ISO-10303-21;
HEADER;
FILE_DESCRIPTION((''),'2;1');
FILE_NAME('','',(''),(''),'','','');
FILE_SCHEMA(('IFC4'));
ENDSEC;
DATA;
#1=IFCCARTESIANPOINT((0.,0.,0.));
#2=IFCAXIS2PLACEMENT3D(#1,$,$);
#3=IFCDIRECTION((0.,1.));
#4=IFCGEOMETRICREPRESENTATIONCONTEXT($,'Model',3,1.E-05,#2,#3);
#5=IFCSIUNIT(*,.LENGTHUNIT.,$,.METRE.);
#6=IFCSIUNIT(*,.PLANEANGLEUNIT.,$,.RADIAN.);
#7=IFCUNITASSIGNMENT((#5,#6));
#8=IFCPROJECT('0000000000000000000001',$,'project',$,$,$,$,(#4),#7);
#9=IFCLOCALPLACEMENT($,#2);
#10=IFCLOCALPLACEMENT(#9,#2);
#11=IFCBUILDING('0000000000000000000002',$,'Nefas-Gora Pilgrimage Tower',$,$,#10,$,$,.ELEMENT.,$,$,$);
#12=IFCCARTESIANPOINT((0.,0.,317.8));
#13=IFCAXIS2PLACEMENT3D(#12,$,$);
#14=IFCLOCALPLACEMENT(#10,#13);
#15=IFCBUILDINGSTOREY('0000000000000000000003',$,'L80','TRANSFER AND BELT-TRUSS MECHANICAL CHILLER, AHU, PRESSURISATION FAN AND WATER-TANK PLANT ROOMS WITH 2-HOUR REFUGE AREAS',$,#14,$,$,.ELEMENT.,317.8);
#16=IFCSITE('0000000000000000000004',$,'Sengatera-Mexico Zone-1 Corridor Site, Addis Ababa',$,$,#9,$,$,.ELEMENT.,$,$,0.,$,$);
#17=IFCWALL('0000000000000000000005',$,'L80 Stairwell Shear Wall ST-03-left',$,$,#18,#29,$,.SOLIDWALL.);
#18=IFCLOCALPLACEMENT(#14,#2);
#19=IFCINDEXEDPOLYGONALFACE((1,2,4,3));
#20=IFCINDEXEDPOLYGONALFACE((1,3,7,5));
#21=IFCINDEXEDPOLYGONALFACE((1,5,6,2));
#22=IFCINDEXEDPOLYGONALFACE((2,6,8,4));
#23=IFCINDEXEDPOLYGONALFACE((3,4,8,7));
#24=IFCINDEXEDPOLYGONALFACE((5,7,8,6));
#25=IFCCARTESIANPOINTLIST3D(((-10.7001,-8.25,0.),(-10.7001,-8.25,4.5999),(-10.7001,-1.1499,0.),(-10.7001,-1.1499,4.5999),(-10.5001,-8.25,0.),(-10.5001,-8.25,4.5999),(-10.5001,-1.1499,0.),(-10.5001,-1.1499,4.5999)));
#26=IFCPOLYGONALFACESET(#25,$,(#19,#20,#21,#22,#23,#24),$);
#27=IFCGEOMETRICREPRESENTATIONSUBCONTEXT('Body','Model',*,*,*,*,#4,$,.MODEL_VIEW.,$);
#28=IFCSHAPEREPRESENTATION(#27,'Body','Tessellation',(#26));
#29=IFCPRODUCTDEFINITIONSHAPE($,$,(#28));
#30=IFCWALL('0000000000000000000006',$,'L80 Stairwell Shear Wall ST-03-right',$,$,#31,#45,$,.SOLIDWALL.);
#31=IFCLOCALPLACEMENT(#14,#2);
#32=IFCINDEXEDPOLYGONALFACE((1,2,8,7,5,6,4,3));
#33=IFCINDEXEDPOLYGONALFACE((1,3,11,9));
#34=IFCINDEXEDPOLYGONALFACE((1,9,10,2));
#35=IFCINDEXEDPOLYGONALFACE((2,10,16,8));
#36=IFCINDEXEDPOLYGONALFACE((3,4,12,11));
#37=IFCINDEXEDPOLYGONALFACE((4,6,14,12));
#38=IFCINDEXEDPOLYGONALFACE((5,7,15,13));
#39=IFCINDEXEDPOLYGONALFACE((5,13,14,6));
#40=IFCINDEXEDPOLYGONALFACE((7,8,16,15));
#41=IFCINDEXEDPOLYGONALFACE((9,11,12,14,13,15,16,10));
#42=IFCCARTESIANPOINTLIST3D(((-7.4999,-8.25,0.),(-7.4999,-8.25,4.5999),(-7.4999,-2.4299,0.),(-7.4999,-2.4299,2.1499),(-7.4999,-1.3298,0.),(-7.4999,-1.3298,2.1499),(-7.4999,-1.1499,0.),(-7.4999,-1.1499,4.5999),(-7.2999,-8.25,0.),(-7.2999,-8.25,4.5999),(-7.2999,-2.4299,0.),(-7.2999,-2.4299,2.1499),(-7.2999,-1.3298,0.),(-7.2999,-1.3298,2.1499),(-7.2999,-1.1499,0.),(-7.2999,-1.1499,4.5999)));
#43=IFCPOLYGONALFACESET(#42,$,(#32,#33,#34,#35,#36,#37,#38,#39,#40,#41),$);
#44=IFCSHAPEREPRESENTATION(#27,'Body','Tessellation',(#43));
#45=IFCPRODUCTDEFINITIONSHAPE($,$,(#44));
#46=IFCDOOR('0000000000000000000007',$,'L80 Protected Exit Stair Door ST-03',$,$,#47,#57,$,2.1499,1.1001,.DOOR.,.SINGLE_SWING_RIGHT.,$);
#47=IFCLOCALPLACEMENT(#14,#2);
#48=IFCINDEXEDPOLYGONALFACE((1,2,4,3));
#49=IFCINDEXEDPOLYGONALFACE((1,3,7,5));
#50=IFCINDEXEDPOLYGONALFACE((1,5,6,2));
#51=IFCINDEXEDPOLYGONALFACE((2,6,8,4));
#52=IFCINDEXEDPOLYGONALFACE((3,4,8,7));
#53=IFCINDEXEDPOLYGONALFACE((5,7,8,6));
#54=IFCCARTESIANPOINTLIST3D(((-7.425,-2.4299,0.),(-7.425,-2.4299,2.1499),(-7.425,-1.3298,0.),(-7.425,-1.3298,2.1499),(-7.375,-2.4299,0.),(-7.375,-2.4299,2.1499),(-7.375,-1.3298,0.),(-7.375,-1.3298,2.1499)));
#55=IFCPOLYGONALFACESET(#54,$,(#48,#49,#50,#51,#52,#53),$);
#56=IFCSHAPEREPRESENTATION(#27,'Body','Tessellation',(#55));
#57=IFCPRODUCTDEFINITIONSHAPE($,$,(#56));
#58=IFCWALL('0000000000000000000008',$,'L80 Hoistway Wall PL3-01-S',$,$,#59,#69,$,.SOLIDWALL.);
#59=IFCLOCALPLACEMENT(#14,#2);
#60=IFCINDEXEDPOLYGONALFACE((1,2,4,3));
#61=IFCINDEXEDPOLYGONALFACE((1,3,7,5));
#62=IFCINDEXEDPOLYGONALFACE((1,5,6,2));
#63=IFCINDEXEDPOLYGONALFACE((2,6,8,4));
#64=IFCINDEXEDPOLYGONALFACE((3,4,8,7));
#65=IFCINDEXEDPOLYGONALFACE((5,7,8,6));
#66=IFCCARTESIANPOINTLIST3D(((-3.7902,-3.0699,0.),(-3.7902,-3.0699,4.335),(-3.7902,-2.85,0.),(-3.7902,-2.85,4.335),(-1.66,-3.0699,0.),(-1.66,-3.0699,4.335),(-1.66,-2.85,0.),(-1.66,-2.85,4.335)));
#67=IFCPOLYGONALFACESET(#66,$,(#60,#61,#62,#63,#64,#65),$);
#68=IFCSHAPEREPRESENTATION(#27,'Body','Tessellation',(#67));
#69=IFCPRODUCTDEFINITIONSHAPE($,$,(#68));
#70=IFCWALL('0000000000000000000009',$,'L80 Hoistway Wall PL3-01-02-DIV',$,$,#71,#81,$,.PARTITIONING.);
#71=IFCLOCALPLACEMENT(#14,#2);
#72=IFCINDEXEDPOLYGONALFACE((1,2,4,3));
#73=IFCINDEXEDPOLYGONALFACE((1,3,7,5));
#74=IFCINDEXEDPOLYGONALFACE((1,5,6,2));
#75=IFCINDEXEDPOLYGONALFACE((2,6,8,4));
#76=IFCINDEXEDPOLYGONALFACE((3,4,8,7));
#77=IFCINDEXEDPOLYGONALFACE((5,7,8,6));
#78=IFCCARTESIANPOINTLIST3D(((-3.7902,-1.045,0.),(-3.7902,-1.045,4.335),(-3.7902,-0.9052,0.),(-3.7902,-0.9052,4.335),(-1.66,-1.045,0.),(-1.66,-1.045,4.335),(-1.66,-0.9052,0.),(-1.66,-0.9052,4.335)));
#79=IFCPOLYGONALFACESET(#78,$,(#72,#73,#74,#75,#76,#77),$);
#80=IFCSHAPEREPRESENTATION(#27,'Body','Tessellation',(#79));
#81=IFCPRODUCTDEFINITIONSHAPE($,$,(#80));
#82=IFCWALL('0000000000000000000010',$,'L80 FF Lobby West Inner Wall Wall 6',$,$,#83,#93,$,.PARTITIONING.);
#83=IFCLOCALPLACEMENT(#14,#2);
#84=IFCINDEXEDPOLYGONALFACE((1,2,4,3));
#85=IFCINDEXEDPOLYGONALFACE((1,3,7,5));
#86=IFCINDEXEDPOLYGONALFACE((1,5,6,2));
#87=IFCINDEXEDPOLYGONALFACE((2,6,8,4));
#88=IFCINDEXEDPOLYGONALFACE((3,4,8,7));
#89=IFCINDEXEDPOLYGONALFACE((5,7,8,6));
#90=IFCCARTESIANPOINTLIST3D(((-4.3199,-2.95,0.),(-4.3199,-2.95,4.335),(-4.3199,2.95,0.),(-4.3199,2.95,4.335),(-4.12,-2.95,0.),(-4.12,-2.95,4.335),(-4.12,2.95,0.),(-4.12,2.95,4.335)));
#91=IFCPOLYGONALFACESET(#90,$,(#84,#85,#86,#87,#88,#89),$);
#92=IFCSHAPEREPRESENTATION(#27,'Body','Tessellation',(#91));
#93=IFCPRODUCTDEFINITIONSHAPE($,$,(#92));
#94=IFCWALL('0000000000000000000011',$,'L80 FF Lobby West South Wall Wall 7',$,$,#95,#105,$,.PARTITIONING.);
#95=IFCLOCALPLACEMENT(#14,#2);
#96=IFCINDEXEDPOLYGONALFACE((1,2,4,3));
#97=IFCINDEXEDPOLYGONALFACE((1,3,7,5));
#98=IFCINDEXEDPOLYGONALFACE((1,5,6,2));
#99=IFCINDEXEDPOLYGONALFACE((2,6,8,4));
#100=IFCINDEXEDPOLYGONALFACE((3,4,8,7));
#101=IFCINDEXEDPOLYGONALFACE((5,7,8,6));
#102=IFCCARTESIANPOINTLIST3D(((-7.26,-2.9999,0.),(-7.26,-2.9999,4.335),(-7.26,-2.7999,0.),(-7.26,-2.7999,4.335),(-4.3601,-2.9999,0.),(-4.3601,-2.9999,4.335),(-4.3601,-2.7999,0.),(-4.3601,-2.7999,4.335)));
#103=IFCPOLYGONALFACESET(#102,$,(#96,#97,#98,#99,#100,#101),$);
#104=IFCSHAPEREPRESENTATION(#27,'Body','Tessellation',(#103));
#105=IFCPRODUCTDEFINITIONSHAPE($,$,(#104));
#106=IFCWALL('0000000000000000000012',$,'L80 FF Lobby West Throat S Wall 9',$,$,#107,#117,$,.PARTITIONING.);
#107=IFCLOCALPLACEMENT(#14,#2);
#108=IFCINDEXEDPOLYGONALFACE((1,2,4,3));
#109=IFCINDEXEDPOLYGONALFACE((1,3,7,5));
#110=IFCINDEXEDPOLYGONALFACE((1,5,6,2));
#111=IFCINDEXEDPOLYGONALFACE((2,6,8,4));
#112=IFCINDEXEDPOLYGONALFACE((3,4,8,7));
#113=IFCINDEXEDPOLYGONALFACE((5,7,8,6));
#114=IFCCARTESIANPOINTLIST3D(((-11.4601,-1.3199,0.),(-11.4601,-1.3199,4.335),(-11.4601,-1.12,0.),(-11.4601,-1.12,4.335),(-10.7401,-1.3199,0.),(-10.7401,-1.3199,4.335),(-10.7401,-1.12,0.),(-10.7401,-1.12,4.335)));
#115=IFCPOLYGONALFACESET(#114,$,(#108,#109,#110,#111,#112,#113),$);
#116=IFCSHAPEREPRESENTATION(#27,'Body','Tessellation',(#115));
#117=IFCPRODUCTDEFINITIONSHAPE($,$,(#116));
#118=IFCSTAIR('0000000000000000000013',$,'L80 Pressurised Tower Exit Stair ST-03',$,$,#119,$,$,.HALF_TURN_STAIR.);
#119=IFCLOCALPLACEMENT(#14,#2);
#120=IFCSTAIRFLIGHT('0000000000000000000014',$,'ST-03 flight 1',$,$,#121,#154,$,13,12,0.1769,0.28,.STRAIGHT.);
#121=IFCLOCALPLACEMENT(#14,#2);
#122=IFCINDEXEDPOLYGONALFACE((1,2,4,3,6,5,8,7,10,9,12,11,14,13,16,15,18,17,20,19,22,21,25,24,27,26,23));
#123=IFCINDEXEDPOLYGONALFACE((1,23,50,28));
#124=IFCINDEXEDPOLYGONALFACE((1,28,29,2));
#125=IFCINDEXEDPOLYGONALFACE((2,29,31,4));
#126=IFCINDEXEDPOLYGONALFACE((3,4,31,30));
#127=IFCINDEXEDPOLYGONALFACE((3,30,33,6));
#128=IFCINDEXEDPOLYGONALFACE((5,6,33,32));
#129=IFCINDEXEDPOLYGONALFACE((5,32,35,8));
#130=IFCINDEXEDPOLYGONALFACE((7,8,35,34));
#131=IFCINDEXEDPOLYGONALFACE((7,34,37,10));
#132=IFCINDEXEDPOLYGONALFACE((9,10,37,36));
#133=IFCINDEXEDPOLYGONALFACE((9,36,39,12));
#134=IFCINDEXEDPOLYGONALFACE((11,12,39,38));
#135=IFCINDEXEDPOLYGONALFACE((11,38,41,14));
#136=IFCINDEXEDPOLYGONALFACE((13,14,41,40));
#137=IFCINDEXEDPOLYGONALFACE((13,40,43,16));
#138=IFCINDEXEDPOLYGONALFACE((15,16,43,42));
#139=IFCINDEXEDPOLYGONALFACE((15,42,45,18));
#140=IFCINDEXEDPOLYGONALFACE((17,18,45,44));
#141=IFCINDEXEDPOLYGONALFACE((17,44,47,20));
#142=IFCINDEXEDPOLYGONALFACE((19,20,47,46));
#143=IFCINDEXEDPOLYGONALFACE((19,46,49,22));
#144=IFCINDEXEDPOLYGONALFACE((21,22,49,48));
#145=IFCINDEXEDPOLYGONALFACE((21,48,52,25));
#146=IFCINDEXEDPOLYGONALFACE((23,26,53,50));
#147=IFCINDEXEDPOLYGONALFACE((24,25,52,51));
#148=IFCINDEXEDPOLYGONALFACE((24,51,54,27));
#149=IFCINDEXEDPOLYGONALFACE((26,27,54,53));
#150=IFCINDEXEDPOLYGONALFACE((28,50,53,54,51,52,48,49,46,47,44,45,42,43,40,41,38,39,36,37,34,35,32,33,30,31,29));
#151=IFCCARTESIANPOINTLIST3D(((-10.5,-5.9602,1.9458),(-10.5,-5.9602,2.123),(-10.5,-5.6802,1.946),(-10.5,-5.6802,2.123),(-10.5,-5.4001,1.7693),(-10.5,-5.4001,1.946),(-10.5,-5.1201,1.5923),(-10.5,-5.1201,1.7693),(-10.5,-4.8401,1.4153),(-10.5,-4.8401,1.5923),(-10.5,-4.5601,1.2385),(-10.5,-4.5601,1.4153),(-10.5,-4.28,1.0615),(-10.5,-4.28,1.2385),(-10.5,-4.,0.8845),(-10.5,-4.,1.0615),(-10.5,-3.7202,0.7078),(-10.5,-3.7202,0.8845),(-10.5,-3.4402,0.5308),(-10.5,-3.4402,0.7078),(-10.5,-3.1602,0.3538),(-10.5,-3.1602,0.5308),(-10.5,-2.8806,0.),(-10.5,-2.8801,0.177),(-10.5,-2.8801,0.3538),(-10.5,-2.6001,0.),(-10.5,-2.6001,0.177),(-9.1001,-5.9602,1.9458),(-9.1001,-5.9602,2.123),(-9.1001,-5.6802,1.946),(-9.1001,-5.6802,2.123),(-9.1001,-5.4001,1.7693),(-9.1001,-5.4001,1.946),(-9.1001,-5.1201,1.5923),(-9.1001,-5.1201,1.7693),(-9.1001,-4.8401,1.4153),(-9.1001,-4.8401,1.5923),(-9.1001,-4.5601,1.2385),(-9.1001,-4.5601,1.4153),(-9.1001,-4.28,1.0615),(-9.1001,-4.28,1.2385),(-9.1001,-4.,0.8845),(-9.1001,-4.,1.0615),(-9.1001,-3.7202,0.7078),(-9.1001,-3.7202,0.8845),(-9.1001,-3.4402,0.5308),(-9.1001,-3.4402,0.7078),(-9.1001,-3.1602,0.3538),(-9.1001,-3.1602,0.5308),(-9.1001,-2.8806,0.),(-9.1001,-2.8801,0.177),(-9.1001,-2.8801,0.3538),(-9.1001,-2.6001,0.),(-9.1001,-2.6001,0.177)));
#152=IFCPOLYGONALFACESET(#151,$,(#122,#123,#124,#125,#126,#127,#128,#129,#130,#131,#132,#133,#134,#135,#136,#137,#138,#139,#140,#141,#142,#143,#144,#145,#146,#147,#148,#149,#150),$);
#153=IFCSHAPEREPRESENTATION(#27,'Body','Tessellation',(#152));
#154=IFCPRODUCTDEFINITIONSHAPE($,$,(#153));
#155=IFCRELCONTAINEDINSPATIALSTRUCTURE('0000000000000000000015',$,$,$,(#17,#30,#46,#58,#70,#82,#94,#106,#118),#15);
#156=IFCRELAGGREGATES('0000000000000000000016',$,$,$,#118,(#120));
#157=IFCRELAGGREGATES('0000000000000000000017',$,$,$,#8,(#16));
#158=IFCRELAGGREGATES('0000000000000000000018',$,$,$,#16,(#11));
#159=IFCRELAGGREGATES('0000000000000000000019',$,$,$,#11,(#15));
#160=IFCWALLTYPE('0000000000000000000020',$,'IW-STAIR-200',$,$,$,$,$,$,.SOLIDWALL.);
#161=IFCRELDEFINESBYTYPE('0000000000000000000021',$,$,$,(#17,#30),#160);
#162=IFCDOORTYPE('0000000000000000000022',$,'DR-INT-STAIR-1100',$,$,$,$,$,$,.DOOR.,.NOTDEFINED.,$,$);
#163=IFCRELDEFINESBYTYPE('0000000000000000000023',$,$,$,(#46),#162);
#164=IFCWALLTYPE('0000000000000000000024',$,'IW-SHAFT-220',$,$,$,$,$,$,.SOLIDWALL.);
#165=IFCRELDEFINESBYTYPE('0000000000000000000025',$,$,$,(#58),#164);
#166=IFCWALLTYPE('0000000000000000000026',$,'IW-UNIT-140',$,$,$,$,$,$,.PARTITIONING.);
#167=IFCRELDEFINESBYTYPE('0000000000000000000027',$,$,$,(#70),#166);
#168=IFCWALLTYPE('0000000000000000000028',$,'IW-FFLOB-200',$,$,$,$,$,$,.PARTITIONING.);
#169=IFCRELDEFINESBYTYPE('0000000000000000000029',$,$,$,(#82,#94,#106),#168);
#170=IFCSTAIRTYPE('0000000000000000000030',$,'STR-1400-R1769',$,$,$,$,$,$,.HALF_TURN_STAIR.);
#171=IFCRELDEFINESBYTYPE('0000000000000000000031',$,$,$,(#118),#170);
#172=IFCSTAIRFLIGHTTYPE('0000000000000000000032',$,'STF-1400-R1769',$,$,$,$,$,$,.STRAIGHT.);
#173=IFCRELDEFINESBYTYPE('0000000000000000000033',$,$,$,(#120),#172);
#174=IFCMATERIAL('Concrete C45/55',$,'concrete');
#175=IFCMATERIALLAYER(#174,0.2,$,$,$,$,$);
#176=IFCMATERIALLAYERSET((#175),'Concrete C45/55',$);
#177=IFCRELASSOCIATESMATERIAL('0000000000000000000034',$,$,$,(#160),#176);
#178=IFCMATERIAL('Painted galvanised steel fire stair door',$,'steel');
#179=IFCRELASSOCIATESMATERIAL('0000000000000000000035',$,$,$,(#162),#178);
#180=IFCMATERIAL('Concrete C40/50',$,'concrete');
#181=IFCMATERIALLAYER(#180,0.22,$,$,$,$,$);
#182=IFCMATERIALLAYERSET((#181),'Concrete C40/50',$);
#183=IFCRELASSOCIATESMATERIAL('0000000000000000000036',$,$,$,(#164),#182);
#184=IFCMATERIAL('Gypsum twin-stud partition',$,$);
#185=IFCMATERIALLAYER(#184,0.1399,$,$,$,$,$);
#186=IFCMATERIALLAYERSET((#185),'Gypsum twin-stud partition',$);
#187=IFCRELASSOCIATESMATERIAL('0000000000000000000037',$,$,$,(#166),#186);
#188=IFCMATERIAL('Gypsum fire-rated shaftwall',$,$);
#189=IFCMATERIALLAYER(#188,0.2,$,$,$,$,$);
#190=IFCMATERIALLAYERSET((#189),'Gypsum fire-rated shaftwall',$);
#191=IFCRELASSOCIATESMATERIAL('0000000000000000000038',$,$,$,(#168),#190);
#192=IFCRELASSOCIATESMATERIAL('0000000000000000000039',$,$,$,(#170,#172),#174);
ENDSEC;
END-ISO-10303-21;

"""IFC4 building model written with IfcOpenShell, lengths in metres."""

from ifc_helpers import new_model, si_unit, direction, frame, frame_2d, origin, place, context, subcontext, project, spatial, polyline, rectangle, outline, extrude, source, transform, mapped, material, layer, layer_set, type_object, element, fill, aggregate, save


model = new_model("IFC4")

# Units and contexts
model_context = context("Model", 3, precision=1e-05, world=origin(), true_north=direction((0.0, 1.0)))
body_context = subcontext(model_context, "Body", "Model", "MODEL_VIEW")
ifc_project = project(units=[si_unit("LENGTHUNIT", "METRE"), si_unit("PLANEANGLEUNIT", "RADIAN")], contexts=[model_context])

# Site, building, storey
site_placement = place(None, origin())
site = spatial("IfcSite", under=ifc_project, at=site_placement, Name="Sengatera-Mexico Zone-1 Corridor Site, Addis Ababa", CompositionType="ELEMENT", RefElevation=0.0)
building_placement = place(site_placement, origin())
building = spatial("IfcBuilding", under=site, at=building_placement, Name="Nefas-Gora Pilgrimage Tower", CompositionType="ELEMENT")
storey_placement = place(building_placement, frame((0.0, 0.0, 317.8)))
storey = spatial("IfcBuildingStorey", under=building, at=storey_placement, Name="L80", Description="TRANSFER AND BELT-TRUSS MECHANICAL CHILLER, AHU, PRESSURISATION FAN AND WATER-TANK PLANT ROOMS WITH 2-HOUR REFUGE AREAS", CompositionType="ELEMENT", Elevation=317.8)

# Wall
ifc_material_1 = material(Name="Concrete C45/55", Category="concrete")
ifc_layer_1 = layer(ifc_material_1, 0.2)
ifc_layer_set_1 = layer_set([ifc_layer_1], Name="Concrete C45/55")
wall_type_1 = type_object("IfcWallType", Name="IW-STAIR-200", PredefinedType="SOLIDWALL", material=ifc_layer_set_1)
shared_shape_1 = source(origin(), body_context, "Body", "SweptSolid", [
    extrude(rectangle(XDim=7.1001, YDim=0.2, at=frame_2d((3.55, 0.0))), origin(), (0.0, 0.0, 1.0), 4.5999),
])
wall_1_placement = place(storey_placement, frame((-10.6001, -1.1499, 0.0), z_axis=(0.0, 0.0, 1.0), x_axis=(0.0, -1.0, 0.0)))
element("IfcWall", 1, at=wall_1_placement, inside=storey, type_object=wall_type_1, Name="L80 Stairwell Shear Wall ST-03-left", PredefinedType="SOLIDWALL", context=body_context, shape_type="MappedRepresentation", body=[
    mapped(shared_shape_1, transform((0.0, 0.0, 0.0), x_axis=(1.0, 0.0, 0.0), y_axis=(0.0, 1.0, 0.0), z_axis=(0.0, 0.0, 1.0), scale=1.0)),
])

# Wall, opening, door
wall_2_placement = place(storey_placement, frame((-7.3999, -1.1499, 0.0), z_axis=(0.0, 0.0, 1.0), x_axis=(0.0, -1.0, 0.0)))
wall_2 = element("IfcWall", 2, at=wall_2_placement, inside=storey, type_object=wall_type_1, Name="L80 Stairwell Shear Wall ST-03-right", PredefinedType="SOLIDWALL", context=body_context, shape_type="MappedRepresentation", body=[
    mapped(shared_shape_1, transform((0.0, 0.0, 0.0), x_axis=(1.0, 0.0, 0.0), y_axis=(0.0, 1.0, 0.0), z_axis=(0.0, 0.0, 1.0), scale=1.0)),
])
opening_1_placement = place(wall_2_placement, frame((0.1799, 0.0, 0.0)))
opening_1 = element("IfcOpeningElement", 3, at=opening_1_placement, cuts=wall_2, PredefinedType="OPENING", context=body_context, shape_type="SweptSolid", body=[
    extrude(rectangle(XDim=1.1001, YDim=2.1499, at=frame_2d((0.55, 1.075))), frame((0.0, 0.1099, 0.0), z_axis=(0.0, -1.0, 0.0), x_axis=(1.0, 0.0, 0.0)), (0.0, 0.0, 1.0), 0.22),
])
ifc_material_2 = material(Name="Painted galvanised steel fire stair door", Category="steel")
door_type_1 = type_object("IfcDoorType", Name="DR-INT-STAIR-1100", OperationType="NOTDEFINED", PredefinedType="DOOR", material=ifc_material_2)
shared_shape_2 = source(origin(), body_context, "Body", "SweptSolid", [
    extrude(rectangle(XDim=1.1001, YDim=2.1499, at=frame_2d((0.55, 1.075))), frame((0.0, 0.0249, 0.0), z_axis=(0.0, -1.0, 0.0), x_axis=(1.0, 0.0, 0.0)), (0.0, 0.0, 1.0), 0.05),
])
door_1_placement = place(opening_1_placement, origin())
door_1 = element("IfcDoor", 4, at=door_1_placement, inside=storey, type_object=door_type_1, Name="L80 Protected Exit Stair Door ST-03", OperationType="SINGLE_SWING_RIGHT", OverallHeight=2.1499, OverallWidth=1.1001, PredefinedType="DOOR", context=body_context, shape_type="MappedRepresentation", body=[
    mapped(shared_shape_2, transform((0.0, 0.0, 0.0), x_axis=(1.0, 0.0, 0.0), y_axis=(0.0, 1.0, 0.0), z_axis=(0.0, 0.0, 1.0), scale=1.0)),
])
fill(opening_1, door_1)

# Walls
ifc_material_3 = material(Name="Concrete C40/50", Category="concrete")
ifc_layer_2 = layer(ifc_material_3, 0.22)
ifc_layer_set_2 = layer_set([ifc_layer_2], Name="Concrete C40/50")
wall_type_2 = type_object("IfcWallType", Name="IW-SHAFT-220", PredefinedType="SOLIDWALL", material=ifc_layer_set_2)
shared_shape_3 = source(origin(), body_context, "Body", "SweptSolid", [
    extrude(rectangle(XDim=2.1301, YDim=0.22, at=frame_2d((1.0649, 0.0))), origin(), (0.0, 0.0, 1.0), 4.335),
])
wall_3_placement = place(storey_placement, frame((-3.79, -2.96, 0.0), z_axis=(0.0, 0.0, 1.0), x_axis=(1.0, 0.0, 0.0)))
element("IfcWall", 5, at=wall_3_placement, inside=storey, type_object=wall_type_2, Name="L80 Hoistway Wall PL3-01-S", PredefinedType="SOLIDWALL", context=body_context, shape_type="MappedRepresentation", body=[
    mapped(shared_shape_3, transform((0.0, 0.0, 0.0), x_axis=(1.0, 0.0, 0.0), y_axis=(0.0, 1.0, 0.0), z_axis=(0.0, 0.0, 1.0), scale=1.0)),
])
ifc_material_4 = material(Name="Gypsum twin-stud partition")
ifc_layer_3 = layer(ifc_material_4, 0.1399)
ifc_layer_set_3 = layer_set([ifc_layer_3], Name="Gypsum twin-stud partition")
wall_type_3 = type_object("IfcWallType", Name="IW-UNIT-140", PredefinedType="PARTITIONING", material=ifc_layer_set_3)
shared_shape_4 = source(origin(), body_context, "Body", "SweptSolid", [
    extrude(rectangle(XDim=2.1301, YDim=0.1399, at=frame_2d((1.0649, 0.0))), origin(), (0.0, 0.0, 1.0), 4.335),
])
wall_4_placement = place(storey_placement, frame((-3.79, -0.9751, 0.0), z_axis=(0.0, 0.0, 1.0), x_axis=(1.0, 0.0, 0.0)))
element("IfcWall", 6, at=wall_4_placement, inside=storey, type_object=wall_type_3, Name="L80 Hoistway Wall PL3-01-02-DIV", PredefinedType="PARTITIONING", context=body_context, shape_type="MappedRepresentation", body=[
    mapped(shared_shape_4, transform((0.0, 0.0, 0.0), x_axis=(1.0, 0.0, 0.0), y_axis=(0.0, 1.0, 0.0), z_axis=(0.0, 0.0, 1.0), scale=1.0)),
])
ifc_material_5 = material(Name="Gypsum fire-rated shaftwall")
ifc_layer_4 = layer(ifc_material_5, 0.2)
ifc_layer_set_4 = layer_set([ifc_layer_4], Name="Gypsum fire-rated shaftwall")
wall_type_4 = type_object("IfcWallType", Name="IW-FFLOB-200", PredefinedType="PARTITIONING", material=ifc_layer_set_4)
shared_shape_5 = source(origin(), body_context, "Body", "SweptSolid", [
    extrude(rectangle(XDim=5.8999, YDim=0.2, at=frame_2d((2.95, 0.0))), origin(), (0.0, 0.0, 1.0), 4.335),
])
wall_5_placement = place(storey_placement, frame((-4.22, -2.95, 0.0), z_axis=(0.0, 0.0, 1.0), x_axis=(0.0, 1.0, 0.0)))
element("IfcWall", 7, at=wall_5_placement, inside=storey, type_object=wall_type_4, Name="L80 FF Lobby West Inner Wall Wall 6", PredefinedType="PARTITIONING", context=body_context, shape_type="MappedRepresentation", body=[
    mapped(shared_shape_5, transform((0.0, 0.0, 0.0), x_axis=(1.0, 0.0, 0.0), y_axis=(0.0, 1.0, 0.0), z_axis=(0.0, 0.0, 1.0), scale=1.0)),
])
shared_shape_6 = source(origin(), body_context, "Body", "SweptSolid", [
    extrude(rectangle(XDim=2.8999, YDim=0.2, at=frame_2d((1.45, 0.0))), origin(), (0.0, 0.0, 1.0), 4.335),
])
wall_6_placement = place(storey_placement, frame((-7.26, -2.8999, 0.0), z_axis=(0.0, 0.0, 1.0), x_axis=(1.0, 0.0, 0.0)))
element("IfcWall", 8, at=wall_6_placement, inside=storey, type_object=wall_type_4, Name="L80 FF Lobby West South Wall Wall 7", PredefinedType="PARTITIONING", context=body_context, shape_type="MappedRepresentation", body=[
    mapped(shared_shape_6, transform((0.0, 0.0, 0.0), x_axis=(1.0, 0.0, 0.0), y_axis=(0.0, 1.0, 0.0), z_axis=(0.0, 0.0, 1.0), scale=1.0)),
])
shared_shape_7 = source(origin(), body_context, "Body", "SweptSolid", [
    extrude(rectangle(XDim=0.72, YDim=0.2, at=frame_2d((0.3599, 0.0))), origin(), (0.0, 0.0, 1.0), 4.335),
])
wall_7_placement = place(storey_placement, frame((-11.46, -1.22, 0.0), z_axis=(0.0, 0.0, 1.0), x_axis=(1.0, 0.0, 0.0)))
element("IfcWall", 9, at=wall_7_placement, inside=storey, type_object=wall_type_4, Name="L80 FF Lobby West Throat S Wall 9", PredefinedType="PARTITIONING", context=body_context, shape_type="MappedRepresentation", body=[
    mapped(shared_shape_7, transform((0.0, 0.0, 0.0), x_axis=(1.0, 0.0, 0.0), y_axis=(0.0, 1.0, 0.0), z_axis=(0.0, 0.0, 1.0), scale=1.0)),
])

# Stair, stair flight
stair_type = type_object("IfcStairType", Name="STR-1400-R1769", PredefinedType="HALF_TURN_STAIR", material=ifc_material_1)
stair_placement = place(storey_placement, origin())
stair = element("IfcStair", 10, at=stair_placement, inside=storey, type_object=stair_type, Name="L80 Pressurised Tower Exit Stair ST-03", PredefinedType="HALF_TURN_STAIR")
stair_flight_type = type_object("IfcStairFlightType", Name="STF-1400-R1769", PredefinedType="STRAIGHT", material=ifc_material_1)
shared_shape_8 = source(origin(), body_context, "Body", "SweptSolid", [
    extrude(outline(polyline([(0.0, 0.0), (0.0, 0.177), (0.28, 0.177), (0.28, 0.3538), (0.5601, 0.3538), (0.5601, 0.5308), (0.8401, 0.5308), (0.8401, 0.7078), (1.1201, 0.7078), (1.1201, 0.8845), (1.3999, 0.8845), (1.3999, 1.0615), (1.6799, 1.0615), (1.6799, 1.2385), (1.96, 1.2385), (1.96, 1.4153), (2.24, 1.4153), (2.24, 1.5923), (2.52, 1.5923), (2.52, 1.7693), (2.8, 1.7693), (2.8, 1.946), (3.0801, 1.946), (3.0801, 2.123), (3.3601, 2.123), (3.3601, 2.3), (3.3601, 1.9458), (0.2805, 0.0), (0.0, 0.0)])), frame((0.0, 0.7, 0.0), z_axis=(0.0, -1.0, 0.0), x_axis=(1.0, 0.0, 0.0)), (0.0, 0.0, 1.0), 1.3999),
])
stair_flight_1_placement = place(storey_placement, frame((-9.8, -2.6001, 0.0), z_axis=(0.0, 0.0, 1.0), x_axis=(0.0, -1.0, 0.0)))
stair_flight_1 = element("IfcStairFlight", 11, at=stair_flight_1_placement, type_object=stair_flight_type, Name="ST-03 flight 1", NumberOfRisers=13, NumberOfTreads=12, PredefinedType="STRAIGHT", RiserHeight=0.1769, TreadLength=0.28, context=body_context, shape_type="MappedRepresentation", body=[
    mapped(shared_shape_8, transform((0.0, 0.0, 0.0), x_axis=(1.0, 0.0, 0.0), y_axis=(0.0, 1.0, 0.0), z_axis=(0.0, 0.0, 1.0), scale=1.0)),
])
aggregate(stair, [stair_flight_1])

save(model, "model.ifc")
